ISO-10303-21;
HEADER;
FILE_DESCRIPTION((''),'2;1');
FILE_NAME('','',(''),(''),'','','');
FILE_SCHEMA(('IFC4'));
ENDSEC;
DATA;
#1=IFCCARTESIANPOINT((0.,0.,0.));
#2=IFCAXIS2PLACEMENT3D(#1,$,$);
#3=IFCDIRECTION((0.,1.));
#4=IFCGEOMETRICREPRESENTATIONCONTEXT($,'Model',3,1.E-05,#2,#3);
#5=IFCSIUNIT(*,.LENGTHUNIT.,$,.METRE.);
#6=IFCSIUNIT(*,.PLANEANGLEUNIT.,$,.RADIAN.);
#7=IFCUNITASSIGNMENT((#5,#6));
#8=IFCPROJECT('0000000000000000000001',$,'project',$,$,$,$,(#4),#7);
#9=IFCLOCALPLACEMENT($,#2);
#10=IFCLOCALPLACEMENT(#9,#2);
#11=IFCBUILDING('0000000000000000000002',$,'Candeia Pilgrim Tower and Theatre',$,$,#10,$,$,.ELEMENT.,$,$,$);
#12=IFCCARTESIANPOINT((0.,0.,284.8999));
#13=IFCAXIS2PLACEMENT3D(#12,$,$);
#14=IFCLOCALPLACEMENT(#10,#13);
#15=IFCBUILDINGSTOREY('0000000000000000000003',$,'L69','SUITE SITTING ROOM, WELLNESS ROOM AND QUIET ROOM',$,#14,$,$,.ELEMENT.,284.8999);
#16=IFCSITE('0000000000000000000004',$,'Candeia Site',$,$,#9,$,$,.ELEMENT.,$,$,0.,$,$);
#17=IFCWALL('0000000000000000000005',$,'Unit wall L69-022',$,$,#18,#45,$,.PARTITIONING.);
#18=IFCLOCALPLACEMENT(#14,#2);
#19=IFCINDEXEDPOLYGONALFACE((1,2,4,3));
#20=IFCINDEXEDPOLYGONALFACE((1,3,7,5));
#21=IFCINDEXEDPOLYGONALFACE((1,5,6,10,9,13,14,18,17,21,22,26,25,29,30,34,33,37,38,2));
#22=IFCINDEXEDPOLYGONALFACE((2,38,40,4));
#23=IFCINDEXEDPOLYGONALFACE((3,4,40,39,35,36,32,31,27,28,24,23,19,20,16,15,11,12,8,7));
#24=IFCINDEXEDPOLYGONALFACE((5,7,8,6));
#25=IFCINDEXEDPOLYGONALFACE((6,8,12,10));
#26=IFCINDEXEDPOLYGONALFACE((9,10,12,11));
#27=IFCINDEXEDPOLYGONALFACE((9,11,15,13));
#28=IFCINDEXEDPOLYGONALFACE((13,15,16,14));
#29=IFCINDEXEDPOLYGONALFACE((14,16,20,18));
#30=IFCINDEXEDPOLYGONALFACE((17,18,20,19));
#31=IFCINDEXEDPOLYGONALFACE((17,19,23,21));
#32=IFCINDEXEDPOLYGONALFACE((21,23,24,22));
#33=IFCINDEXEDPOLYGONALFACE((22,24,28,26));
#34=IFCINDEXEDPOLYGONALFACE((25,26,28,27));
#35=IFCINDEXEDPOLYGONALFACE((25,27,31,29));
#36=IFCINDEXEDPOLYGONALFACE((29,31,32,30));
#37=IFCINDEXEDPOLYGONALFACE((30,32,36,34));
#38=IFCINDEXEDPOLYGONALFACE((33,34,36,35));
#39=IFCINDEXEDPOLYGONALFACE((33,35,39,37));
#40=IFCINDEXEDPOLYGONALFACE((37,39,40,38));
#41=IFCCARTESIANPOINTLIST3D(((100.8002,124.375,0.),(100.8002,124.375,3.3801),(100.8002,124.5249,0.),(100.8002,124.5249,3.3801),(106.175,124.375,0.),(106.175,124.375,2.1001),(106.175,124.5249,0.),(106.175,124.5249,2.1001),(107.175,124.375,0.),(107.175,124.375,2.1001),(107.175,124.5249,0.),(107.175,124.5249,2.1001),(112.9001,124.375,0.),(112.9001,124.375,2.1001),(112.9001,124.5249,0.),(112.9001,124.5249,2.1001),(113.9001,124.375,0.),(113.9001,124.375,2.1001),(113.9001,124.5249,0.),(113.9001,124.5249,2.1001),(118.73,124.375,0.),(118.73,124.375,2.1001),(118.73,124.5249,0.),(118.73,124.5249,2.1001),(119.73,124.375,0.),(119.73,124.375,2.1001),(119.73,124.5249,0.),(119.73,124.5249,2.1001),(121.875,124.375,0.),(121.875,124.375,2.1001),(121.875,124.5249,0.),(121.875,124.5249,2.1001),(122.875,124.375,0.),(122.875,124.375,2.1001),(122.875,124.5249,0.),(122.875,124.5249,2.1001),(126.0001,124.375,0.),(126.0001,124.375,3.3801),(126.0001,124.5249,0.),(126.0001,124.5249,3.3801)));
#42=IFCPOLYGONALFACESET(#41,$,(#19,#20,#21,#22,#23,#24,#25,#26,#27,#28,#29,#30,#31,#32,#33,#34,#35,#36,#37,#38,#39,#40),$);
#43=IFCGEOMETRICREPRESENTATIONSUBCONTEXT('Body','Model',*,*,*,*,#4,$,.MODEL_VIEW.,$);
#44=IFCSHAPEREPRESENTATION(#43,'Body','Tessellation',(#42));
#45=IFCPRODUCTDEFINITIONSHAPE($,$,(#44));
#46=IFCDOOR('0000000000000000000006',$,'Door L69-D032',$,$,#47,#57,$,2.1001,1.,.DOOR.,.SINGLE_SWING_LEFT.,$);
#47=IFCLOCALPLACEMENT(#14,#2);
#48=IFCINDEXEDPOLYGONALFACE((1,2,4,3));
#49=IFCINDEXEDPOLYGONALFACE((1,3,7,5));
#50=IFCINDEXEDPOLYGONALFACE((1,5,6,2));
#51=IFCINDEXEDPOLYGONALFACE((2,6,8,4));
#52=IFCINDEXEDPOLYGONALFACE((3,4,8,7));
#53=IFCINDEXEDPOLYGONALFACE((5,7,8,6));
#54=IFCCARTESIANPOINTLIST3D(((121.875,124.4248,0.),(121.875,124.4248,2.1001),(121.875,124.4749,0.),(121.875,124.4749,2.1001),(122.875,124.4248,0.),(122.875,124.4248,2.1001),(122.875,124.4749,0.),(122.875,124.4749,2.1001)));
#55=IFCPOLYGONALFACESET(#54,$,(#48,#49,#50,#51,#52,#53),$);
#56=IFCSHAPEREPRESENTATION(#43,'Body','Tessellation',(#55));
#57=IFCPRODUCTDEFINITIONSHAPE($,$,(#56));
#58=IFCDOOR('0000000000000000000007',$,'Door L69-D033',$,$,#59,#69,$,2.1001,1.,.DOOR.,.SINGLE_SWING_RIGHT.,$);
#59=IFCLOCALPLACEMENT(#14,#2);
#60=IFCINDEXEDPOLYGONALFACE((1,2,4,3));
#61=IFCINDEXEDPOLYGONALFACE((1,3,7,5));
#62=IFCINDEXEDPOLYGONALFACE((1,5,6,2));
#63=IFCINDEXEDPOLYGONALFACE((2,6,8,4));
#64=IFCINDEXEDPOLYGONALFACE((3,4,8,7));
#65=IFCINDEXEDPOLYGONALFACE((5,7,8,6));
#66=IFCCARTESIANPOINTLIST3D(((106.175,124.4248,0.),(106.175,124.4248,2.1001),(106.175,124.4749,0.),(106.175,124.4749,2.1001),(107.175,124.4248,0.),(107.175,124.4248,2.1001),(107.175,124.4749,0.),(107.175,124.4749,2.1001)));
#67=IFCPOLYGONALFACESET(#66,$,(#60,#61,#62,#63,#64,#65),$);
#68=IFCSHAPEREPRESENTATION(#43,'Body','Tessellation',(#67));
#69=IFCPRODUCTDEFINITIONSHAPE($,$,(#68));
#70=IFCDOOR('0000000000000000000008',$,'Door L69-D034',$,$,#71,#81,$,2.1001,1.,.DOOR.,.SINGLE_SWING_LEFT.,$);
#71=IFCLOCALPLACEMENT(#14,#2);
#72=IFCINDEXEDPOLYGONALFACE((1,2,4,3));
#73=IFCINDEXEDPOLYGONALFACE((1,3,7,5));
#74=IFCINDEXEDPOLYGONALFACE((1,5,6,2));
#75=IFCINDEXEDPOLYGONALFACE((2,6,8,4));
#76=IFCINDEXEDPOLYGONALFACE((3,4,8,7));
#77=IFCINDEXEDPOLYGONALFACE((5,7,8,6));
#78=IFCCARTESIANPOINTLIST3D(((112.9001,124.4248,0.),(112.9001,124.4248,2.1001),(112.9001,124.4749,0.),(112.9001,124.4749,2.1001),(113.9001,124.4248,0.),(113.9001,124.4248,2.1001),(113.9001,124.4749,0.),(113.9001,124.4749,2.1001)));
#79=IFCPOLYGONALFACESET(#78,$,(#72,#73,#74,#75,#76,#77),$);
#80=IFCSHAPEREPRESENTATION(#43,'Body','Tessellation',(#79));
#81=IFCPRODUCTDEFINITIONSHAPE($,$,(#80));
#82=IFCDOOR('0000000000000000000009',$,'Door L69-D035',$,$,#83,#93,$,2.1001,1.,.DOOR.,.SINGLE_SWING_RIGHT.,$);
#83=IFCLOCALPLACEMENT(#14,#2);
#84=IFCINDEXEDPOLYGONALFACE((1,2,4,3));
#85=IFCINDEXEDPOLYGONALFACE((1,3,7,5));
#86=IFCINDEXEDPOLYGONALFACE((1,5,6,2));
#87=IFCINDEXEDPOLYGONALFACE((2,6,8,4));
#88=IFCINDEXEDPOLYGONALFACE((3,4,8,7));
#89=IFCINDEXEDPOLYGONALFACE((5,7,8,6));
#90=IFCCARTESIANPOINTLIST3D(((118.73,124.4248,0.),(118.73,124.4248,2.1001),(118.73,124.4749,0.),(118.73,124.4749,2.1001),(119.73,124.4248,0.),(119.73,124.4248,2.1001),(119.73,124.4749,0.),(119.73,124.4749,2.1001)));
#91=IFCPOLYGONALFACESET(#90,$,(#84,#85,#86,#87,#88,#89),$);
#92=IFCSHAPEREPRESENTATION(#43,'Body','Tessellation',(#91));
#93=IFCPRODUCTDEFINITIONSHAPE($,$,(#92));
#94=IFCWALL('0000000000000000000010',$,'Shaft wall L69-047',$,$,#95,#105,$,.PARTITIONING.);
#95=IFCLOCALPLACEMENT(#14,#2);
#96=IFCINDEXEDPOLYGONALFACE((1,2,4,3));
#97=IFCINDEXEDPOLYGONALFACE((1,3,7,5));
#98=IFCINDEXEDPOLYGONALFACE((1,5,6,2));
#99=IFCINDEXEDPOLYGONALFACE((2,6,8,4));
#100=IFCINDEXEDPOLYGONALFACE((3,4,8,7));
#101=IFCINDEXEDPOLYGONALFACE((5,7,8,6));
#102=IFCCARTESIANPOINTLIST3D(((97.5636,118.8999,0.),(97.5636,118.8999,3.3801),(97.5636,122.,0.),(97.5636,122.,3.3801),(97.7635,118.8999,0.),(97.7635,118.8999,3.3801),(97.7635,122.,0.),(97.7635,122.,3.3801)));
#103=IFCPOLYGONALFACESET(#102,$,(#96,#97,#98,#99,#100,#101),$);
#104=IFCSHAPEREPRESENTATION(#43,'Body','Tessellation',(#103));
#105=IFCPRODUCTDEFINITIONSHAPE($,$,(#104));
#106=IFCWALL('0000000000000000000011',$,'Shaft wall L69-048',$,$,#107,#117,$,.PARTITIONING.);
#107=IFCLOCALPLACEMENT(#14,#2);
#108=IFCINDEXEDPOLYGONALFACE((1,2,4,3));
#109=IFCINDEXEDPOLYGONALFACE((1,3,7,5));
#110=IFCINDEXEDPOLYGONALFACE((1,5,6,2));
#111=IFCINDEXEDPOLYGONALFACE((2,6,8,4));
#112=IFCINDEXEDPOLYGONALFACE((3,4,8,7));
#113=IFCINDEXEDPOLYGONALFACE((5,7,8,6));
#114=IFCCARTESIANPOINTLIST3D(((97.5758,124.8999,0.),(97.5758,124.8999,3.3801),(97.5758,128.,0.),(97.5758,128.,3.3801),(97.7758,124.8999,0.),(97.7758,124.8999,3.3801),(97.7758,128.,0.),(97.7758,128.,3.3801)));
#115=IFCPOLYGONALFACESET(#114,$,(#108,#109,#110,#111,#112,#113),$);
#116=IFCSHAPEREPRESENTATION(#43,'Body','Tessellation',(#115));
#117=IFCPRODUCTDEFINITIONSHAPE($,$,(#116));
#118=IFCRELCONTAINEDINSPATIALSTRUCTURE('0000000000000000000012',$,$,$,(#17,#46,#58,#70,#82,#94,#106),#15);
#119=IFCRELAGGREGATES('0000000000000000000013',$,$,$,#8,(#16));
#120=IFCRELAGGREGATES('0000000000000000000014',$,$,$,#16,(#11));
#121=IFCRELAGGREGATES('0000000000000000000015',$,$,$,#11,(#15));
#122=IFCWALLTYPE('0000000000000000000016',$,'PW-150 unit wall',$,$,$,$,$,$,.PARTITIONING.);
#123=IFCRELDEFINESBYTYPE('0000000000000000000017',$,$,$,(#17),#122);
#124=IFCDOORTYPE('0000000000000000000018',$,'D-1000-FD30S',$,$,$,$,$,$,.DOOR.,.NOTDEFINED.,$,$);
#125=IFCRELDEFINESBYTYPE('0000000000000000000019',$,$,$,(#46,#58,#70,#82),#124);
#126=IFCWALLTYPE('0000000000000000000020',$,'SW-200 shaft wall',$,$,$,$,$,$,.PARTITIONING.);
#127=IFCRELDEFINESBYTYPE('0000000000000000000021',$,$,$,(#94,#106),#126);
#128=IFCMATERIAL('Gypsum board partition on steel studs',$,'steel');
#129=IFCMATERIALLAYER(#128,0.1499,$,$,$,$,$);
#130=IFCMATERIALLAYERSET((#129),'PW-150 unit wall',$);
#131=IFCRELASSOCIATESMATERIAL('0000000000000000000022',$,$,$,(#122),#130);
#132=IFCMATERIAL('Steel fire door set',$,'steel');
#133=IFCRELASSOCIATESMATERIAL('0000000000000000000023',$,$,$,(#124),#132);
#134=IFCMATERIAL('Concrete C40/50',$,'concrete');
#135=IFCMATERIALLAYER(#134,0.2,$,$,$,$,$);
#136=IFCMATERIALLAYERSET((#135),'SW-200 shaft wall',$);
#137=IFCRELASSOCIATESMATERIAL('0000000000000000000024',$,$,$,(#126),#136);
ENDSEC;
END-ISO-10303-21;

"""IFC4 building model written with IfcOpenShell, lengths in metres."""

from ifc_helpers import new_model, si_unit, direction, frame, frame_2d, origin, place, context, subcontext, project, spatial, rectangle, extrude, material, layer, layer_set, type_object, element, fill, save


model = new_model("IFC4")

# Units and contexts
model_context = context("Model", 3, precision=1e-05, world=origin(), true_north=direction((0.0, 1.0)))
body_context = subcontext(model_context, "Body", "Model", "MODEL_VIEW")
ifc_project = project(units=[si_unit("LENGTHUNIT", "METRE"), si_unit("PLANEANGLEUNIT", "RADIAN")], contexts=[model_context])

# Site, building, storey
site_placement = place(None, origin())
site = spatial("IfcSite", under=ifc_project, at=site_placement, Name="Candeia Site", CompositionType="ELEMENT", RefElevation=0.0)
building_placement = place(site_placement, origin())
building = spatial("IfcBuilding", under=site, at=building_placement, Name="Candeia Pilgrim Tower and Theatre", CompositionType="ELEMENT")
storey_placement = place(building_placement, frame((0.0, 0.0, 284.8999)))
storey = spatial("IfcBuildingStorey", under=building, at=storey_placement, Name="L69", Description="SUITE SITTING ROOM, WELLNESS ROOM AND QUIET ROOM", CompositionType="ELEMENT", Elevation=284.8999)

# Shared definitions
ifc_material_1 = material(Name="Gypsum board partition on steel studs", Category="steel")

# Wall, openings, doors
ifc_layer_1 = layer(ifc_material_1, 0.1499)
ifc_layer_set_1 = layer_set([ifc_layer_1], Name="PW-150 unit wall")
wall_type_1 = type_object("IfcWallType", Name="PW-150 unit wall", PredefinedType="PARTITIONING", material=ifc_layer_set_1)
ifc_material_2 = material(Name="Steel fire door set", Category="steel")
door_type_1 = type_object("IfcDoorType", Name="D-1000-FD30S", OperationType="NOTDEFINED", PredefinedType="DOOR", material=ifc_material_2)
wall_1_placement = place(storey_placement, frame((100.8, 124.45, 0.0), z_axis=(0.0, 0.0, 1.0), x_axis=(1.0, 0.0, 0.0)))
wall_1 = element("IfcWall", 1, at=wall_1_placement, inside=storey, type_object=wall_type_1, Name="Unit wall L69-022", PredefinedType="PARTITIONING", context=body_context, shape_type="SweptSolid", body=[
    extrude(rectangle(XDim=25.2, YDim=0.1499, at=frame_2d((12.6001, 0.0))), origin(), (0.0, 0.0, 1.0), 3.3801),
])
opening_1_placement = place(wall_1_placement, frame((21.075, 0.0, 0.0)))
opening_1 = element("IfcOpeningElement", 2, at=opening_1_placement, cuts=wall_1, PredefinedType="OPENING", context=body_context, shape_type="SweptSolid", body=[
    extrude(rectangle(XDim=1.0, YDim=2.1001, at=frame_2d((0.5, 1.05))), frame((0.0, 0.085, 0.0), z_axis=(0.0, -1.0, 0.0), x_axis=(1.0, 0.0, 0.0)), (0.0, 0.0, 1.0), 0.1699),
])
opening_2_placement = place(wall_1_placement, frame((5.375, 0.0, 0.0)))
opening_2 = element("IfcOpeningElement", 3, at=opening_2_placement, cuts=wall_1, PredefinedType="OPENING", context=body_context, shape_type="SweptSolid", body=[
    extrude(rectangle(XDim=1.0, YDim=2.1001, at=frame_2d((0.5, 1.05))), frame((0.0, 0.085, 0.0), z_axis=(0.0, -1.0, 0.0), x_axis=(1.0, 0.0, 0.0)), (0.0, 0.0, 1.0), 0.1699),
])
opening_3_placement = place(wall_1_placement, frame((12.1001, 0.0, 0.0)))
opening_3 = element("IfcOpeningElement", 4, at=opening_3_placement, cuts=wall_1, PredefinedType="OPENING", context=body_context, shape_type="SweptSolid", body=[
    extrude(rectangle(XDim=1.0, YDim=2.1001, at=frame_2d((0.5, 1.05))), frame((0.0, 0.085, 0.0), z_axis=(0.0, -1.0, 0.0), x_axis=(1.0, 0.0, 0.0)), (0.0, 0.0, 1.0), 0.1699),
])
opening_4_placement = place(wall_1_placement, frame((17.9299, 0.0, 0.0)))
opening_4 = element("IfcOpeningElement", 5, at=opening_4_placement, cuts=wall_1, PredefinedType="OPENING", context=body_context, shape_type="SweptSolid", body=[
    extrude(rectangle(XDim=1.0, YDim=2.1001, at=frame_2d((0.5, 1.05))), frame((0.0, 0.085, 0.0), z_axis=(0.0, -1.0, 0.0), x_axis=(1.0, 0.0, 0.0)), (0.0, 0.0, 1.0), 0.1699),
])
door_1_placement = place(opening_1_placement, origin())
door_1 = element("IfcDoor", 6, at=door_1_placement, inside=storey, type_object=door_type_1, Name="Door L69-D032", OperationType="SINGLE_SWING_LEFT", OverallHeight=2.1001, OverallWidth=1.0, PredefinedType="DOOR", context=body_context, shape_type="SweptSolid", body=[
    extrude(rectangle(XDim=1.0, YDim=2.1001, at=frame_2d((0.5, 1.05))), frame((0.0, 0.0249, 0.0), z_axis=(0.0, -1.0, 0.0), x_axis=(1.0, 0.0, 0.0)), (0.0, 0.0, 1.0), 0.05),
])
fill(opening_1, door_1)
door_2_placement = place(opening_2_placement, origin())
door_2 = element("IfcDoor", 7, at=door_2_placement, inside=storey, type_object=door_type_1, Name="Door L69-D033", OperationType="SINGLE_SWING_RIGHT", OverallHeight=2.1001, OverallWidth=1.0, PredefinedType="DOOR", context=body_context, shape_type="SweptSolid", body=[
    extrude(rectangle(XDim=1.0, YDim=2.1001, at=frame_2d((0.5, 1.05))), frame((0.0, 0.0249, 0.0), z_axis=(0.0, -1.0, 0.0), x_axis=(1.0, 0.0, 0.0)), (0.0, 0.0, 1.0), 0.05),
])
fill(opening_2, door_2)
door_3_placement = place(opening_3_placement, origin())
door_3 = element("IfcDoor", 8, at=door_3_placement, inside=storey, type_object=door_type_1, Name="Door L69-D034", OperationType="SINGLE_SWING_LEFT", OverallHeight=2.1001, OverallWidth=1.0, PredefinedType="DOOR", context=body_context, shape_type="SweptSolid", body=[
    extrude(rectangle(XDim=1.0, YDim=2.1001, at=frame_2d((0.5, 1.05))), frame((0.0, 0.0249, 0.0), z_axis=(0.0, -1.0, 0.0), x_axis=(1.0, 0.0, 0.0)), (0.0, 0.0, 1.0), 0.05),
])
fill(opening_3, door_3)
door_4_placement = place(opening_4_placement, origin())
door_4 = element("IfcDoor", 9, at=door_4_placement, inside=storey, type_object=door_type_1, Name="Door L69-D035", OperationType="SINGLE_SWING_RIGHT", OverallHeight=2.1001, OverallWidth=1.0, PredefinedType="DOOR", context=body_context, shape_type="SweptSolid", body=[
    extrude(rectangle(XDim=1.0, YDim=2.1001, at=frame_2d((0.5, 1.05))), frame((0.0, 0.0249, 0.0), z_axis=(0.0, -1.0, 0.0), x_axis=(1.0, 0.0, 0.0)), (0.0, 0.0, 1.0), 0.05),
])
fill(opening_4, door_4)

# Walls
ifc_material_3 = material(Name="Concrete C40/50", Category="concrete")
ifc_layer_2 = layer(ifc_material_3, 0.2)
ifc_layer_set_2 = layer_set([ifc_layer_2], Name="SW-200 shaft wall")
wall_type_2 = type_object("IfcWallType", Name="SW-200 shaft wall", PredefinedType="PARTITIONING", material=ifc_layer_set_2)
for number, where, z_axis, x_axis, name in (
    (10, (97.6636, 118.8999, 0.0), (0.0, 0.0, 1.0), (0.0, 1.0, 0.0), "Shaft wall L69-047"),
    (11, (97.6758, 124.8999, 0.0), (0.0, 0.0, 1.0), (0.0, 1.0, 0.0), "Shaft wall L69-048"),
):
    element("IfcWall", number, at=place(storey_placement, frame(where, z_axis=z_axis, x_axis=x_axis)), inside=storey, type_object=wall_type_2, Name=name, PredefinedType="PARTITIONING", context=body_context, shape_type="SweptSolid", body=[
        extrude(rectangle(XDim=3.1001, YDim=0.2, at=frame_2d((1.55, 0.0))), origin(), (0.0, 0.0, 1.0), 3.3801),
    ])

save(model, "model.ifc")
